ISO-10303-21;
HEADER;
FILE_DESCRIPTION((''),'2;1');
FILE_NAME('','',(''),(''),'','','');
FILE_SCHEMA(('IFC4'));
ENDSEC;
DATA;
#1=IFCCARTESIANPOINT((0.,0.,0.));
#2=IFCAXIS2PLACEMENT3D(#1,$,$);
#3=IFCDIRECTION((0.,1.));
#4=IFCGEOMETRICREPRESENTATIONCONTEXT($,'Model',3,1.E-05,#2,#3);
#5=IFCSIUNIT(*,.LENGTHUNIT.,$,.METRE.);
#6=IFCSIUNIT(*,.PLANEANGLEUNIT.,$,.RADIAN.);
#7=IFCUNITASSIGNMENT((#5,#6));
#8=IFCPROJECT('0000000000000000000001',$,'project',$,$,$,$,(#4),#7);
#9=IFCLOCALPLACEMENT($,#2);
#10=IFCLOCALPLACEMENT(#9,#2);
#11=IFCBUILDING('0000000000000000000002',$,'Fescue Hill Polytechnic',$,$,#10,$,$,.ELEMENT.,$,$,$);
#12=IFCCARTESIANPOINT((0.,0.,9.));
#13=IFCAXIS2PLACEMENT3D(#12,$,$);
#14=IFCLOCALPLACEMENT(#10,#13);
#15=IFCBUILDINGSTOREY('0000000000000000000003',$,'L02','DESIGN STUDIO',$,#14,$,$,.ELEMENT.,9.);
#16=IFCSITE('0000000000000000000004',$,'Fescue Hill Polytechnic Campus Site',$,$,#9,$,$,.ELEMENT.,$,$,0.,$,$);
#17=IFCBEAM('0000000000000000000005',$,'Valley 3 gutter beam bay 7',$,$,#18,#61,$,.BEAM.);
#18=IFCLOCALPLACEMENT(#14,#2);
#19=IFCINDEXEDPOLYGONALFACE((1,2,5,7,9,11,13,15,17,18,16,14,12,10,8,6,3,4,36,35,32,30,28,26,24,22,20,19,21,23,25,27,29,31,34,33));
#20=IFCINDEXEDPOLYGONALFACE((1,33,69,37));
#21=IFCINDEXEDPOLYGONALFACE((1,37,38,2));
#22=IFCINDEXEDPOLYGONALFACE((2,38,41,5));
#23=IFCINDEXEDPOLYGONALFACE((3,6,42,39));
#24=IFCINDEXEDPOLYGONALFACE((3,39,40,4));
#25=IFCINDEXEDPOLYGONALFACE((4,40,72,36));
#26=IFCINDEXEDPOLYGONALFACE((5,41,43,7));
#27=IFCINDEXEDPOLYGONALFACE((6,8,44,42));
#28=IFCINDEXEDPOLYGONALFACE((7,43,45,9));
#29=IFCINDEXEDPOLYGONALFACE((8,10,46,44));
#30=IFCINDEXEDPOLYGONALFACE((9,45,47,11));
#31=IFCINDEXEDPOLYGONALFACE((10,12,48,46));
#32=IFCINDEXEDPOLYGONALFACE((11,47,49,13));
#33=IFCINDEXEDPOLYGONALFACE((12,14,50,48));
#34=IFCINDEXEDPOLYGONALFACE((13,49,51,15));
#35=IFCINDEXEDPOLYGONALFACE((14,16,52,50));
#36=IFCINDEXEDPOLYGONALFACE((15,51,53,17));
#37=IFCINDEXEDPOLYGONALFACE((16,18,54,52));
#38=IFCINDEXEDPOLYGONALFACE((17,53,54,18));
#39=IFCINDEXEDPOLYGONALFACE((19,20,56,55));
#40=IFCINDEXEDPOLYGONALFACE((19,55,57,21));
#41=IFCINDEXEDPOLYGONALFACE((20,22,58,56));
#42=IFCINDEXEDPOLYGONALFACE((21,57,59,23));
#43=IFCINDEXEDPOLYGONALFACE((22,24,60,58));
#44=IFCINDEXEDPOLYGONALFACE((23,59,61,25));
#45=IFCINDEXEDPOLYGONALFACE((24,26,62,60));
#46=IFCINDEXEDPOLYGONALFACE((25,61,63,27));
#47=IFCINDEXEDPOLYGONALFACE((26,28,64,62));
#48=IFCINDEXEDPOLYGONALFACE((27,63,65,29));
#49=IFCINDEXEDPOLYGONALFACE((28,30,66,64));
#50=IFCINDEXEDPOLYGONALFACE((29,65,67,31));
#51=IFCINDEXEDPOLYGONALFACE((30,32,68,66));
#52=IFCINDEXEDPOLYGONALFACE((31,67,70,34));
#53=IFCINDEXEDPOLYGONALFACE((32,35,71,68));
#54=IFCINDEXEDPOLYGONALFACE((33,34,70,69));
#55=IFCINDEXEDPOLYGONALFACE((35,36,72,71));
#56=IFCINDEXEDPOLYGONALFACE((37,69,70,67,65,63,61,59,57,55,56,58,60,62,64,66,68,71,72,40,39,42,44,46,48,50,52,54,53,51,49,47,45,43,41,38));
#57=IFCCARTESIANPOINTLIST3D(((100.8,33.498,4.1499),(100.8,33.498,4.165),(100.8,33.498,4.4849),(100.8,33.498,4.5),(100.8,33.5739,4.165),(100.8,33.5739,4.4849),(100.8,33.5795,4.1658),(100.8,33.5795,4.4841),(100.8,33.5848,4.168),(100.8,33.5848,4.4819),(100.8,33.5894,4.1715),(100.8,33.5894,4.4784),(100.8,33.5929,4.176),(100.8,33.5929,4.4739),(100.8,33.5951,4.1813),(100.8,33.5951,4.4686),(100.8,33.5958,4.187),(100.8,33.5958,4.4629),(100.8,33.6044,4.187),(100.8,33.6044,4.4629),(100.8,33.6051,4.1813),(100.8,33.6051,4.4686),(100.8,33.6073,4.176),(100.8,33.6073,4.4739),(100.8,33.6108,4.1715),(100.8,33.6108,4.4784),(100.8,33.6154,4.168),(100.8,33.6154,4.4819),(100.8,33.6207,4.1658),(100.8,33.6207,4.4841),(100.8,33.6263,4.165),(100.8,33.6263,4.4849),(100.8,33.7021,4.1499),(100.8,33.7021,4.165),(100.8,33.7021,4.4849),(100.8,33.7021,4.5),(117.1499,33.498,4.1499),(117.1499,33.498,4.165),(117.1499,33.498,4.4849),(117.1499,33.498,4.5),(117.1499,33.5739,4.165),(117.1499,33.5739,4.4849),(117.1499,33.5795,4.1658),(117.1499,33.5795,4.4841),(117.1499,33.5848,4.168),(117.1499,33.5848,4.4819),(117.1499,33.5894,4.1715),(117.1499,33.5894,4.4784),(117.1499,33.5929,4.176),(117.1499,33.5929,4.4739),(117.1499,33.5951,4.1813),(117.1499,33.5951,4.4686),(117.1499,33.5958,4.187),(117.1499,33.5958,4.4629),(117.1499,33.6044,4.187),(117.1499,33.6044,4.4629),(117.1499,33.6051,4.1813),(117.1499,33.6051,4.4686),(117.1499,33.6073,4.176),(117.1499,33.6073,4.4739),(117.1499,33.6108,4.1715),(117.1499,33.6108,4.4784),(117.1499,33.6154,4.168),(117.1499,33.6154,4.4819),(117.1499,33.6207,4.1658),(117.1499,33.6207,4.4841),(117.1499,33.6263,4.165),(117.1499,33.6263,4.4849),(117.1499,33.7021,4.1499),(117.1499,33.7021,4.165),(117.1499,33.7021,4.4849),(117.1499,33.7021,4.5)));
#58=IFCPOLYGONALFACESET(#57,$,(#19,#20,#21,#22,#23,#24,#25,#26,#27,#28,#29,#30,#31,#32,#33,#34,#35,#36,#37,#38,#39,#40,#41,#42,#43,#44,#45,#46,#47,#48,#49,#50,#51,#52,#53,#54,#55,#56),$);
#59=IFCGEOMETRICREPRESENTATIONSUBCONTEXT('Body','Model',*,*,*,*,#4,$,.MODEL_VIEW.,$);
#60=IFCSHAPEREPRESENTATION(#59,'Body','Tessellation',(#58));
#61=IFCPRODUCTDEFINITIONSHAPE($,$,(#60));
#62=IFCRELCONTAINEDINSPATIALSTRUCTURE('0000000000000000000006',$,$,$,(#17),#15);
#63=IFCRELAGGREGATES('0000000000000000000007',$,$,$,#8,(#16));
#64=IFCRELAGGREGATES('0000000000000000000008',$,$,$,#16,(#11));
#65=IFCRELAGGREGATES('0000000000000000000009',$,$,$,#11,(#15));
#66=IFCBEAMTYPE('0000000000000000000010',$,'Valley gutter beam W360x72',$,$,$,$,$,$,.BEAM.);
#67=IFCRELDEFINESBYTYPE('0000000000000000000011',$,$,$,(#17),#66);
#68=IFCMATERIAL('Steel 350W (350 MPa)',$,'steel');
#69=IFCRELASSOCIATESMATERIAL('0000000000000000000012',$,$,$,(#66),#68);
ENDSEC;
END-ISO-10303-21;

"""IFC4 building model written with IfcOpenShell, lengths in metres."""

from ifc_helpers import new_model, si_unit, direction, frame, origin, origin_2d, place, context, subcontext, project, spatial, i_section, extrude, material, material_profile, profile_set, type_object, element, save


model = new_model("IFC4")

# Units and contexts
model_context = context("Model", 3, precision=1e-05, world=origin(), true_north=direction((0.0, 1.0)))
body_context = subcontext(model_context, "Body", "Model", "MODEL_VIEW")
ifc_project = project(units=[si_unit("LENGTHUNIT", "METRE"), si_unit("PLANEANGLEUNIT", "RADIAN")], contexts=[model_context])

# Site, building, storey
site_placement = place(None, origin())
site = spatial("IfcSite", under=ifc_project, at=site_placement, Name="Fescue Hill Polytechnic Campus Site", CompositionType="ELEMENT", RefElevation=0.0)
building_placement = place(site_placement, origin())
building = spatial("IfcBuilding", under=site, at=building_placement, Name="Fescue Hill Polytechnic", CompositionType="ELEMENT")
storey_placement = place(building_placement, frame((0.0, 0.0, 9.0)))
storey = spatial("IfcBuildingStorey", under=building, at=storey_placement, Name="L02", Description="DESIGN STUDIO", CompositionType="ELEMENT", Elevation=9.0)

# Shared definitions
ifc_material = material(Name="Steel 350W (350 MPa)", Category="steel")

# Beam
ifc_material_profile_1 = material_profile(ifc_material, i_section(OverallWidth=0.2041, OverallDepth=0.3501, WebThickness=0.0085, FlangeThickness=0.0151, FilletRadius=0.022, at=origin_2d()), Name="W360x72")
ifc_profile_set_1 = profile_set([ifc_material_profile_1], Name="Steel 350W (350 MPa)")
beam_type = type_object("IfcBeamType", Name="Valley gutter beam W360x72", PredefinedType="BEAM", material=ifc_profile_set_1)
for number, where, z_axis, x_axis, name in (
    (1, (100.8, 33.6001, 4.325), (1.0, 0.0, 0.0), (0.0, 1.0, 0.0), "Valley 3 gutter beam bay 7"),
):
    element("IfcBeam", number, at=place(storey_placement, frame(where, z_axis=z_axis, x_axis=x_axis)), inside=storey, type_object=beam_type, Name=name, PredefinedType="BEAM", context=body_context, shape_type="SweptSolid", body=[
        extrude(i_section(OverallWidth=0.2041, OverallDepth=0.3501, WebThickness=0.0085, FlangeThickness=0.0151, FilletRadius=0.022, at=origin_2d()), origin(), (0.0, 0.0, 1.0), 16.3499),
    ])

save(model, "model.ifc")
